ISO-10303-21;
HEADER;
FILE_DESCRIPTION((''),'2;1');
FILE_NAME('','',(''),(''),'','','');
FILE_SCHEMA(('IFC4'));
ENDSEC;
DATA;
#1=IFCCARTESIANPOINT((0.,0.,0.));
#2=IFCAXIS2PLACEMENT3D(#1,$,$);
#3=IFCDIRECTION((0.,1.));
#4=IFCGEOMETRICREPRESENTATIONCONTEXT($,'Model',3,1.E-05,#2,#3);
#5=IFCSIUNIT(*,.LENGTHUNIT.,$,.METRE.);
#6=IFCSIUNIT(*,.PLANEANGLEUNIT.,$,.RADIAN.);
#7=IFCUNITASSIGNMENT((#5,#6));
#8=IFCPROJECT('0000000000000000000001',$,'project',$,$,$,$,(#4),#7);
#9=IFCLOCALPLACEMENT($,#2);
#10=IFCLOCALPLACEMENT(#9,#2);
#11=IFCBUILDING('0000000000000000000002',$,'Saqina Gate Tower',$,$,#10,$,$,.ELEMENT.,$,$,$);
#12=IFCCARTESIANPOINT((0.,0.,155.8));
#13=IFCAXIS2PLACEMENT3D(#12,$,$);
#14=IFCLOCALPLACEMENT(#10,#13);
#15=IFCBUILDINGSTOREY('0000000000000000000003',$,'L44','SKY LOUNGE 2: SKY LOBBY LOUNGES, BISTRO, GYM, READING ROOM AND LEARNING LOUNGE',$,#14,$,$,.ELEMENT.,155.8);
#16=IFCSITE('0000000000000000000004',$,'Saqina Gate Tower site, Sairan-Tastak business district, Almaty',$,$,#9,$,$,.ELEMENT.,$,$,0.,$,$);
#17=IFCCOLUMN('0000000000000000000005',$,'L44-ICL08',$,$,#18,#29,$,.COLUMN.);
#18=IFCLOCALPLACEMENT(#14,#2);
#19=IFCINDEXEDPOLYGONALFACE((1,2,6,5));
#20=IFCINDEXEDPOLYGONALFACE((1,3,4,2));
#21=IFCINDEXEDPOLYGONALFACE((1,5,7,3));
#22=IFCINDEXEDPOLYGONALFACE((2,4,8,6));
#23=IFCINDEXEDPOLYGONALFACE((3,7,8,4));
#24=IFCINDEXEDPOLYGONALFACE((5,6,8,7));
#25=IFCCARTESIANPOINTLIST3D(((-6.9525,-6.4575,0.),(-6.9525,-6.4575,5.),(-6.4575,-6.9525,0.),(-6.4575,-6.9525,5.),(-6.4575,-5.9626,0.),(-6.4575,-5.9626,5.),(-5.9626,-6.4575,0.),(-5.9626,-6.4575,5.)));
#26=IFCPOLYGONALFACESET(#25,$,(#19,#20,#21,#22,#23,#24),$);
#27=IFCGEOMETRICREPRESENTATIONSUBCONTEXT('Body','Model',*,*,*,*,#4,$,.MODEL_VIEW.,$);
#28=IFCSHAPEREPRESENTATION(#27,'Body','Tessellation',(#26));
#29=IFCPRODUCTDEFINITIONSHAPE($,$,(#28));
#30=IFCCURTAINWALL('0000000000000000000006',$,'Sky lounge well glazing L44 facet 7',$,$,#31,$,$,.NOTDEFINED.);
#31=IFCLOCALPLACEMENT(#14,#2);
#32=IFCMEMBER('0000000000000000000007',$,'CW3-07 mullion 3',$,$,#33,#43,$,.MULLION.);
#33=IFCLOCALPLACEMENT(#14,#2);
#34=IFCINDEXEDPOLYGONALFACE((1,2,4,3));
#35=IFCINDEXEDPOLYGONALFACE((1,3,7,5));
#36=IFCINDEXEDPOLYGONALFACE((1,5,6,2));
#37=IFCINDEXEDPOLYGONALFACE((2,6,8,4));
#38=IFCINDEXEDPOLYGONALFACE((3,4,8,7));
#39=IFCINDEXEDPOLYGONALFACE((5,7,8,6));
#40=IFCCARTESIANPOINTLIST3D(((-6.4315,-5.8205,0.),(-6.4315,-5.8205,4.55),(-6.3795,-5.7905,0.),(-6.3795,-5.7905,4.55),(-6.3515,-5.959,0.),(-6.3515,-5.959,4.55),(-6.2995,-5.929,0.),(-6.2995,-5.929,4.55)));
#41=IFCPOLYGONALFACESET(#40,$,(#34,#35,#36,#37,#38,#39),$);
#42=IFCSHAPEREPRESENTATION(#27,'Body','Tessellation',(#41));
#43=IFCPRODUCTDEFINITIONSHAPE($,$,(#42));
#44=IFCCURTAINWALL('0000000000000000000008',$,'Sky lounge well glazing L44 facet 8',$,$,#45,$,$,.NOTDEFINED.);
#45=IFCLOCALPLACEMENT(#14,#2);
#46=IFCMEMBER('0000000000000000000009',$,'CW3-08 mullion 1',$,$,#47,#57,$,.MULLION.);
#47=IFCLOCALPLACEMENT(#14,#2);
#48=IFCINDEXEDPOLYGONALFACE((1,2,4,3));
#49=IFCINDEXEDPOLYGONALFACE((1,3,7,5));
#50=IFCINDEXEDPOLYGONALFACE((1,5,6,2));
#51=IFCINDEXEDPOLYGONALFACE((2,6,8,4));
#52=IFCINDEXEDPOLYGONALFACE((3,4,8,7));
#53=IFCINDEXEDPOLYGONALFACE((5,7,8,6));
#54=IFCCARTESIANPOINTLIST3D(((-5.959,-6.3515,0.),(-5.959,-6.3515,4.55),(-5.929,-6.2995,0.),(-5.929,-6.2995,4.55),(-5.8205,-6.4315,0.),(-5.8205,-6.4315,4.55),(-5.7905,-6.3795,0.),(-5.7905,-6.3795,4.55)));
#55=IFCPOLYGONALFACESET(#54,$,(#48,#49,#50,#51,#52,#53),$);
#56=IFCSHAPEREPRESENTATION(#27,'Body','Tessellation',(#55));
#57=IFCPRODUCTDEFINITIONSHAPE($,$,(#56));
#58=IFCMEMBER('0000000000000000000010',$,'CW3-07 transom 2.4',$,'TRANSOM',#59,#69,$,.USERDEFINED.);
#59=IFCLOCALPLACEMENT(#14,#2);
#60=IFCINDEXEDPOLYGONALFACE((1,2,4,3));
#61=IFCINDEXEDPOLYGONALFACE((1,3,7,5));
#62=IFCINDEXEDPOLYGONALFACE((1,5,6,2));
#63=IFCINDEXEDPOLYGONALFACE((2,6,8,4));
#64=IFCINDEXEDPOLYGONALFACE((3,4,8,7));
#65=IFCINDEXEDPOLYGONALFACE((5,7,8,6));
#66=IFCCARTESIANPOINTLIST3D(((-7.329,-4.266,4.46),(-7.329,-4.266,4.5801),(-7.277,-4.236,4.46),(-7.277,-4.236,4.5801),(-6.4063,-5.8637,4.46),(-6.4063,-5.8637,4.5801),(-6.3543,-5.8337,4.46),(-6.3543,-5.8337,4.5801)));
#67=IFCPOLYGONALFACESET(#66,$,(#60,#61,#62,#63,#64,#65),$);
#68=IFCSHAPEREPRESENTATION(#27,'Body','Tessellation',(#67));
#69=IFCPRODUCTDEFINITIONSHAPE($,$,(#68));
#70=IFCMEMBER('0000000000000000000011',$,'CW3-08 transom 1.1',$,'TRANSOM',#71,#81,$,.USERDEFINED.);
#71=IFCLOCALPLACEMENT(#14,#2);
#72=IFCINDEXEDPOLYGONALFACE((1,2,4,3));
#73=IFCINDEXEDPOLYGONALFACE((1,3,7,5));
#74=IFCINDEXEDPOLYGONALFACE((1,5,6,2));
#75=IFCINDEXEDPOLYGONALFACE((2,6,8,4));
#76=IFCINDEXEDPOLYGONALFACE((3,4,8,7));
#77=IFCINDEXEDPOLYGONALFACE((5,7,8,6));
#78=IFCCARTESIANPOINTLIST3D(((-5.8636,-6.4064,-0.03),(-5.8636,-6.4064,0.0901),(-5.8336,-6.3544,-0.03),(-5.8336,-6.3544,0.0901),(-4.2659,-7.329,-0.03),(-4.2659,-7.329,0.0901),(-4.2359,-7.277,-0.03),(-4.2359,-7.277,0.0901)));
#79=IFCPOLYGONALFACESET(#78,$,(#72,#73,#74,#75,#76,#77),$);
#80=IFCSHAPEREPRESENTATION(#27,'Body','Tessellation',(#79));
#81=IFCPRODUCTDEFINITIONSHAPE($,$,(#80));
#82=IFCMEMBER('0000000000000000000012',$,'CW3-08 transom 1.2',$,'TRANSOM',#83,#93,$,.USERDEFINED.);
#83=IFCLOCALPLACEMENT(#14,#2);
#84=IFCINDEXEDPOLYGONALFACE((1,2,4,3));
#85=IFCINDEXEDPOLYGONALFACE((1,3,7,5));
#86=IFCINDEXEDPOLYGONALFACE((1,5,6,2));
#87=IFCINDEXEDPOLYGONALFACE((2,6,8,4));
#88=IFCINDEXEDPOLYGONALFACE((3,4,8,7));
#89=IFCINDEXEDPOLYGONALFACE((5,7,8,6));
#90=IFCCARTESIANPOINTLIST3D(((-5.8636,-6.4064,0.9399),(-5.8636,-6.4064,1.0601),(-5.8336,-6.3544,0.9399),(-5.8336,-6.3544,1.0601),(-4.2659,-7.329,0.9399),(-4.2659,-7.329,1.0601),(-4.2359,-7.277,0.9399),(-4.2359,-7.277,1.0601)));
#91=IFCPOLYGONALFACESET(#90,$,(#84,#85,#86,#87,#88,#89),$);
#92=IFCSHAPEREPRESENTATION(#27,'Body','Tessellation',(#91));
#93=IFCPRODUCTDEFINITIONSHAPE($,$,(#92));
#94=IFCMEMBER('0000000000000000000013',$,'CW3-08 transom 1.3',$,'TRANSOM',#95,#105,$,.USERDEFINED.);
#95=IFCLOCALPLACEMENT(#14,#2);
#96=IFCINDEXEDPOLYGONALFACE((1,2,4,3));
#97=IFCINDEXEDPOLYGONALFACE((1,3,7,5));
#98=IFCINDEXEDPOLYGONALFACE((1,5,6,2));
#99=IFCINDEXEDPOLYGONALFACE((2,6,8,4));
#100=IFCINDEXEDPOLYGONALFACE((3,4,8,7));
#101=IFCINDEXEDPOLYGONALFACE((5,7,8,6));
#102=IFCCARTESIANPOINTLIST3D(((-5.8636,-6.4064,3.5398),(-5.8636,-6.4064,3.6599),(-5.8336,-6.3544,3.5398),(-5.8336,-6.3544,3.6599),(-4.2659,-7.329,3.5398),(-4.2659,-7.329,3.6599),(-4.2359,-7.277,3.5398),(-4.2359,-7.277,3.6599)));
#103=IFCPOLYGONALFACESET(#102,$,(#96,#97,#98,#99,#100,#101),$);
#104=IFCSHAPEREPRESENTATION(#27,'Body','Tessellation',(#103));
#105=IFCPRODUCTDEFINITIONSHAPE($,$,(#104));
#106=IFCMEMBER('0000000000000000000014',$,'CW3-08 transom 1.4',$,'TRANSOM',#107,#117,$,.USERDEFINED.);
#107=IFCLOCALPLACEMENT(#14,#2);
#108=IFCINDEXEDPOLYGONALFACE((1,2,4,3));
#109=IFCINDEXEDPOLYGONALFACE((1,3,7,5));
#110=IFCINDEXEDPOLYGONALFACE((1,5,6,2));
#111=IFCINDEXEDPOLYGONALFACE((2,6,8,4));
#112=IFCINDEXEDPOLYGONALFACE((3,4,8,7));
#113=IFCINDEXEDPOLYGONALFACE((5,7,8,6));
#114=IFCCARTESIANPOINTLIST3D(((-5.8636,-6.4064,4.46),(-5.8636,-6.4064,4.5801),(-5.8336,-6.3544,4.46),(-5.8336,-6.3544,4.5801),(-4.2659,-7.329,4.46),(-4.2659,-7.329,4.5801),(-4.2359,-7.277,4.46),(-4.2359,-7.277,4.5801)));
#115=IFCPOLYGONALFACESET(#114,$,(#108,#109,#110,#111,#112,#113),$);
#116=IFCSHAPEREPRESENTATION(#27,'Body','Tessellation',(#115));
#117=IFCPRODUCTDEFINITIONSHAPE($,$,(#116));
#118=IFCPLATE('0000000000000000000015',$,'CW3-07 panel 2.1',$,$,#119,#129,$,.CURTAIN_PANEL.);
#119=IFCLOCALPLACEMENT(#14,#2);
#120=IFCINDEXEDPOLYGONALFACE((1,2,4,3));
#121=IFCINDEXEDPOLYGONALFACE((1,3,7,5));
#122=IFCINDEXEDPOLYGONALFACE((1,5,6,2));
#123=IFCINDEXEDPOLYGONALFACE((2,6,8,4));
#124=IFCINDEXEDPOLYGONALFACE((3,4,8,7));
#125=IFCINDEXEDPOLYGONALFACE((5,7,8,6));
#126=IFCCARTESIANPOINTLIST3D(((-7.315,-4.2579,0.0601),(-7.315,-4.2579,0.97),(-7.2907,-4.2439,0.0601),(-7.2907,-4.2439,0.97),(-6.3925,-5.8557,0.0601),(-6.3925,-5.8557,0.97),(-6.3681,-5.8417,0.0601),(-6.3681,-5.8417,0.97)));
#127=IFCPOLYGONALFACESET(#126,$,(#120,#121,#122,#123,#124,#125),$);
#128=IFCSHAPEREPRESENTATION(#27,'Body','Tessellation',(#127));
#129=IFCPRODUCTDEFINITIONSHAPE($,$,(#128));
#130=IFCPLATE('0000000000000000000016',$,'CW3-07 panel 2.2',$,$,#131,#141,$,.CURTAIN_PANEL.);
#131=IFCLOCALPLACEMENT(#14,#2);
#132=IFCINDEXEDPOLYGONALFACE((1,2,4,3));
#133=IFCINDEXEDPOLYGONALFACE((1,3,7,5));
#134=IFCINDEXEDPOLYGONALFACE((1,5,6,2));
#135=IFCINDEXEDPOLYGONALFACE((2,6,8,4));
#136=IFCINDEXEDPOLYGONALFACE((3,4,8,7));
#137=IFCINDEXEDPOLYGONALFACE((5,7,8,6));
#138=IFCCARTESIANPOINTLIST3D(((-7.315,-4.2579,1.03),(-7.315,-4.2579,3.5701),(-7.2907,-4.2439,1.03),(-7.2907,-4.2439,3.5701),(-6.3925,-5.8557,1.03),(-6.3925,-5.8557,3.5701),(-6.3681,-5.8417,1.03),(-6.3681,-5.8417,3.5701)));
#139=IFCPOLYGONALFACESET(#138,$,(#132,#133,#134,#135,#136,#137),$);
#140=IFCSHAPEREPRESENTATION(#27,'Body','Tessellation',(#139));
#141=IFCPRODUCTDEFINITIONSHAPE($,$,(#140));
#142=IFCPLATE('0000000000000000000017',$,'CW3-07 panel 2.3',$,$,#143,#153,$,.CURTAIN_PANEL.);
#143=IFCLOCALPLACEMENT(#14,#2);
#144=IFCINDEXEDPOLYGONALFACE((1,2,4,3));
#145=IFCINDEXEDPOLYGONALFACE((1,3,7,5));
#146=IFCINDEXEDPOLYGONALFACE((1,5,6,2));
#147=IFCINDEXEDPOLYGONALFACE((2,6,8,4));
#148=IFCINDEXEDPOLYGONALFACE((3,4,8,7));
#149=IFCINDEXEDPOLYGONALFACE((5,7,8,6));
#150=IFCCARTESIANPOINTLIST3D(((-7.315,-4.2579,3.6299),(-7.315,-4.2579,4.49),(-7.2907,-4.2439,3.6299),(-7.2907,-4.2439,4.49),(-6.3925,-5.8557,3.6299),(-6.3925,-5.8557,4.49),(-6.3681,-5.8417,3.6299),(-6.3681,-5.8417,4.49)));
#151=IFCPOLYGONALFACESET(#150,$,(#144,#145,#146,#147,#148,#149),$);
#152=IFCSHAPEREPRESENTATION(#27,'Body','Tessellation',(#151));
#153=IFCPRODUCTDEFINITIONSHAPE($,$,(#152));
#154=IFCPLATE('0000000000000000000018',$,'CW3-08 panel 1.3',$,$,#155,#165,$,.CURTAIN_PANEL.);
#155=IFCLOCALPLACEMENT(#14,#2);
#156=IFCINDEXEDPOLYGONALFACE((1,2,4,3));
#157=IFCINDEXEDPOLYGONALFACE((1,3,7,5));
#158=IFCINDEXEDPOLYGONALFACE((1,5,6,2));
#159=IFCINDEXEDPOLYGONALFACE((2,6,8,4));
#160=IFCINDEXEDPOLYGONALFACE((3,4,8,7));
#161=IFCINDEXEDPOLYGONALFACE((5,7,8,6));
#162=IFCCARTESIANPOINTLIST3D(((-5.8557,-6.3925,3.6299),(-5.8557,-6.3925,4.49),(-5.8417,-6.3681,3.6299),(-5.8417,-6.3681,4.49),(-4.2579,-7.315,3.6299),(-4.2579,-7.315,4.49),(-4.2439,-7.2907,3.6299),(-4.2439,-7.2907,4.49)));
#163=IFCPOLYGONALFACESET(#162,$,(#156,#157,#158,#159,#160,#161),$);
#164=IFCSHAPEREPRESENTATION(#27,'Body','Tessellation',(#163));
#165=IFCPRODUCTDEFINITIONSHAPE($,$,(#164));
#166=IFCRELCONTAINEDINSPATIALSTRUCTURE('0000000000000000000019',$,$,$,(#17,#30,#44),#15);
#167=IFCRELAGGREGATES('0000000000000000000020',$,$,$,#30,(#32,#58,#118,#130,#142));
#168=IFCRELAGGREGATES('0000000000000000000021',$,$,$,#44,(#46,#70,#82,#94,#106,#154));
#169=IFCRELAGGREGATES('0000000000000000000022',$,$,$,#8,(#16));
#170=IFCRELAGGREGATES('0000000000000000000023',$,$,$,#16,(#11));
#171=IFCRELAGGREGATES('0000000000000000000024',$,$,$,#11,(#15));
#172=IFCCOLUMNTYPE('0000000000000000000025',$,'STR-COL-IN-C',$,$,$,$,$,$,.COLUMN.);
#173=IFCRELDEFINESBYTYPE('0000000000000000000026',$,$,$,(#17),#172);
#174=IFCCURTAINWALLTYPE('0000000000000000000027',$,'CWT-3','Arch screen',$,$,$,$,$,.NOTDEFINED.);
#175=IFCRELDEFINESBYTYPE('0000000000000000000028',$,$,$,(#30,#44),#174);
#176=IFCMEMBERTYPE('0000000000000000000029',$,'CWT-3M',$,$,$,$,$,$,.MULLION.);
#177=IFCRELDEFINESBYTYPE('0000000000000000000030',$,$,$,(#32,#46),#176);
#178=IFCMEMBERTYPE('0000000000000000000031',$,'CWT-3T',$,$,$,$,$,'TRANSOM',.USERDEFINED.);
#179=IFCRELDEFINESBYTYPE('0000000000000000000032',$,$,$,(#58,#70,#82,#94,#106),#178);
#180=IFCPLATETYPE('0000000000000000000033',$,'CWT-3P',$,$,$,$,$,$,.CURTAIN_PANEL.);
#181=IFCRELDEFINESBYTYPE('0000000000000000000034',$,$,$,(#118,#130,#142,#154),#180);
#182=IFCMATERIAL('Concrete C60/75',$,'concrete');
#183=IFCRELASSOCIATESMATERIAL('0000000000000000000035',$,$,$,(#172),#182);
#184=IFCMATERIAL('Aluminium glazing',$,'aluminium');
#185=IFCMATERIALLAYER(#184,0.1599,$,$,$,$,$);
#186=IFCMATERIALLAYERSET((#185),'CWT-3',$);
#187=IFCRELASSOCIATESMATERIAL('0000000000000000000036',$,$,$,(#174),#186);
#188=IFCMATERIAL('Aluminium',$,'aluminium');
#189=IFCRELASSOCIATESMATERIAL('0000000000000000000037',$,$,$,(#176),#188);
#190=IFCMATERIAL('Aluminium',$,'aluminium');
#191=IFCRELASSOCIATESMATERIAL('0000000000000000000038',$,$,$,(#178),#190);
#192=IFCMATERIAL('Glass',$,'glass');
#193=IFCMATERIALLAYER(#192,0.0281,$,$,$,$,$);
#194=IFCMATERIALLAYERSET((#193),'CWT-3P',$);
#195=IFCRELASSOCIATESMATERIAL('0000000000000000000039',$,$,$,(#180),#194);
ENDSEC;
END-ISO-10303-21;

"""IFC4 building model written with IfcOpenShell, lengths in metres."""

from ifc_helpers import new_model, si_unit, direction, frame, origin, origin_2d, place, context, subcontext, project, spatial, rectangle, extrude, material, layer, layer_set, material_profile, profile_set, type_object, element, aggregate, save


model = new_model("IFC4")

# Units and contexts
model_context = context("Model", 3, precision=1e-05, world=origin(), true_north=direction((0.0, 1.0)))
body_context = subcontext(model_context, "Body", "Model", "MODEL_VIEW")
ifc_project = project(units=[si_unit("LENGTHUNIT", "METRE"), si_unit("PLANEANGLEUNIT", "RADIAN")], contexts=[model_context])

# Site, building, storey
site_placement = place(None, origin())
site = spatial("IfcSite", under=ifc_project, at=site_placement, Name="Saqina Gate Tower site, Sairan-Tastak business district, Almaty", CompositionType="ELEMENT", RefElevation=0.0)
building_placement = place(site_placement, origin())
building = spatial("IfcBuilding", under=site, at=building_placement, Name="Saqina Gate Tower", CompositionType="ELEMENT")
storey_placement = place(building_placement, frame((0.0, 0.0, 155.8)))
storey = spatial("IfcBuildingStorey", under=building, at=storey_placement, Name="L44", Description="SKY LOUNGE 2: SKY LOBBY LOUNGES, BISTRO, GYM, READING ROOM AND LEARNING LOUNGE", CompositionType="ELEMENT", Elevation=155.8)

# Column
ifc_material_1 = material(Name="Concrete C60/75", Category="concrete")
ifc_material_profile_1 = material_profile(ifc_material_1, rectangle(XDim=0.7, YDim=0.7, at=origin_2d()), Name="RC 700x700")
ifc_profile_set_1 = profile_set([ifc_material_profile_1], Name="Concrete C60/75")
column_type = type_object("IfcColumnType", Name="STR-COL-IN-C", PredefinedType="COLUMN", material=ifc_profile_set_1)
column_placement = place(storey_placement, frame((-6.4575, -6.4575, 0.0), z_axis=(0.0, 0.0, 1.0), x_axis=(-0.707107, -0.707107, 0.0)))
element("IfcColumn", 1, at=column_placement, inside=storey, type_object=column_type, Name="L44-ICL08", PredefinedType="COLUMN", context=body_context, shape_type="SweptSolid", body=[
    extrude(rectangle(XDim=0.7, YDim=0.7, at=origin_2d()), origin(), (0.0, 0.0, 1.0), 5.0),
])

# Curtain walls, members
ifc_material_2 = material(Name="Aluminium glazing", Category="aluminium")
ifc_layer_1 = layer(ifc_material_2, 0.1599)
ifc_layer_set_1 = layer_set([ifc_layer_1], Name="CWT-3")
curtain_wall_type = type_object("IfcCurtainWallType", Name="CWT-3", Description="Arch screen", PredefinedType="NOTDEFINED", material=ifc_layer_set_1)
curtain_wall_1_placement = place(storey_placement, origin())
curtain_wall_1 = element("IfcCurtainWall", 2, at=curtain_wall_1_placement, inside=storey, type_object=curtain_wall_type, Name="Sky lounge well glazing L44 facet 7", PredefinedType="NOTDEFINED")
ifc_material_3 = material(Name="Aluminium", Category="aluminium")
ifc_material_profile_2 = material_profile(ifc_material_3, rectangle(XDim=0.0601, YDim=0.1599, at=origin_2d()), Name="Aluminium 60x160")
ifc_profile_set_2 = profile_set([ifc_material_profile_2], Name="Aluminium")
member_type_1 = type_object("IfcMemberType", Name="CWT-3M", PredefinedType="MULLION", material=ifc_profile_set_2)
member_1_placement = place(storey_placement, frame((-6.3655, -5.8748, 0.0), z_axis=(0.0, 0.0, 1.0), x_axis=(0.866018, 0.500013, 0.0)))
member_1 = element("IfcMember", 3, at=member_1_placement, type_object=member_type_1, Name="CW3-07 mullion 3", PredefinedType="MULLION", context=body_context, shape_type="SweptSolid", body=[
    extrude(rectangle(XDim=0.0601, YDim=0.1599, at=origin_2d()), origin(), (0.0, 0.0, 1.0), 4.55),
])
curtain_wall_2_placement = place(storey_placement, origin())
curtain_wall_2 = element("IfcCurtainWall", 4, at=curtain_wall_2_placement, inside=storey, type_object=curtain_wall_type, Name="Sky lounge well glazing L44 facet 8", PredefinedType="NOTDEFINED")
member_2_placement = place(storey_placement, frame((-5.8748, -6.3655, 0.0), z_axis=(0.0, 0.0, 1.0), x_axis=(0.500013, 0.866018, 0.0)))
member_2 = element("IfcMember", 5, at=member_2_placement, type_object=member_type_1, Name="CW3-08 mullion 1", PredefinedType="MULLION", context=body_context, shape_type="SweptSolid", body=[
    extrude(rectangle(XDim=0.0601, YDim=0.1599, at=origin_2d()), origin(), (0.0, 0.0, 1.0), 4.55),
])

# Members
ifc_material_4 = material(Name="Aluminium", Category="aluminium")
ifc_material_profile_3 = material_profile(ifc_material_4, rectangle(XDim=0.0601, YDim=0.1201, at=origin_2d()), Name="Aluminium 60x120")
ifc_profile_set_3 = profile_set([ifc_material_profile_3], Name="Aluminium")
member_type_2 = type_object("IfcMemberType", Name="CWT-3T", ElementType="TRANSOM", PredefinedType="USERDEFINED", material=ifc_profile_set_3)
member_3_placement = place(storey_placement, frame((-7.303, -4.251, 4.52), z_axis=(0.500081, -0.865978, 0.0), x_axis=(0.865978, 0.500081, 0.0)))
member_3 = element("IfcMember", 6, at=member_3_placement, type_object=member_type_2, Name="CW3-07 transom 2.4", ObjectType="TRANSOM", PredefinedType="USERDEFINED", context=body_context, shape_type="SweptSolid", body=[
    extrude(rectangle(XDim=0.0601, YDim=0.1201, at=origin_2d()), origin(), (0.0, 0.0, 1.0), 1.845),
])
member_4_placement = place(storey_placement, frame((-5.8486, -6.3804, 0.03), z_axis=(0.865978, -0.500081, 0.0), x_axis=(0.500081, 0.865978, 0.0)))
member_4 = element("IfcMember", 7, at=member_4_placement, type_object=member_type_2, Name="CW3-08 transom 1.1", ObjectType="TRANSOM", PredefinedType="USERDEFINED", context=body_context, shape_type="SweptSolid", body=[
    extrude(rectangle(XDim=0.0601, YDim=0.1201, at=origin_2d()), origin(), (0.0, 0.0, 1.0), 1.845),
])
member_5_placement = place(storey_placement, frame((-5.8486, -6.3804, 1.0), z_axis=(0.865978, -0.500081, 0.0), x_axis=(0.500081, 0.865978, 0.0)))
member_5 = element("IfcMember", 8, at=member_5_placement, type_object=member_type_2, Name="CW3-08 transom 1.2", ObjectType="TRANSOM", PredefinedType="USERDEFINED", context=body_context, shape_type="SweptSolid", body=[
    extrude(rectangle(XDim=0.0601, YDim=0.1201, at=origin_2d()), origin(), (0.0, 0.0, 1.0), 1.845),
])
member_6_placement = place(storey_placement, frame((-5.8486, -6.3804, 3.5999), z_axis=(0.865978, -0.500081, 0.0), x_axis=(0.500081, 0.865978, 0.0)))
member_6 = element("IfcMember", 9, at=member_6_placement, type_object=member_type_2, Name="CW3-08 transom 1.3", ObjectType="TRANSOM", PredefinedType="USERDEFINED", context=body_context, shape_type="SweptSolid", body=[
    extrude(rectangle(XDim=0.0601, YDim=0.1201, at=origin_2d()), origin(), (0.0, 0.0, 1.0), 1.845),
])
member_7_placement = place(storey_placement, frame((-5.8486, -6.3804, 4.52), z_axis=(0.865978, -0.500081, 0.0), x_axis=(0.500081, 0.865978, 0.0)))
member_7 = element("IfcMember", 10, at=member_7_placement, type_object=member_type_2, Name="CW3-08 transom 1.4", ObjectType="TRANSOM", PredefinedType="USERDEFINED", context=body_context, shape_type="SweptSolid", body=[
    extrude(rectangle(XDim=0.0601, YDim=0.1201, at=origin_2d()), origin(), (0.0, 0.0, 1.0), 1.845),
])

# Plates
ifc_material_5 = material(Name="Glass", Category="glass")
ifc_layer_2 = layer(ifc_material_5, 0.0281)
ifc_layer_set_2 = layer_set([ifc_layer_2], Name="CWT-3P")
plate_type = type_object("IfcPlateType", Name="CWT-3P", PredefinedType="CURTAIN_PANEL", material=ifc_layer_set_2)
plate_1_placement = place(storey_placement, frame((-6.8416, -5.0498, 0.0601), z_axis=(0.0, 0.0, 1.0), x_axis=(0.500013, -0.866018, 0.0)))
plate_1 = element("IfcPlate", 11, at=plate_1_placement, type_object=plate_type, Name="CW3-07 panel 2.1", PredefinedType="CURTAIN_PANEL", context=body_context, shape_type="SweptSolid", body=[
    extrude(rectangle(XDim=1.845, YDim=0.0281, at=origin_2d()), origin(), (0.0, 0.0, 1.0), 0.9099),
])
plate_2_placement = place(storey_placement, frame((-6.8416, -5.0498, 1.03), z_axis=(0.0, 0.0, 1.0), x_axis=(0.500013, -0.866018, 0.0)))
plate_2 = element("IfcPlate", 12, at=plate_2_placement, type_object=plate_type, Name="CW3-07 panel 2.2", PredefinedType="CURTAIN_PANEL", context=body_context, shape_type="SweptSolid", body=[
    extrude(rectangle(XDim=1.845, YDim=0.0281, at=origin_2d()), origin(), (0.0, 0.0, 1.0), 2.54),
])
plate_3_placement = place(storey_placement, frame((-6.8416, -5.0498, 3.6299), z_axis=(0.0, 0.0, 1.0), x_axis=(0.500013, -0.866018, 0.0)))
plate_3 = element("IfcPlate", 13, at=plate_3_placement, type_object=plate_type, Name="CW3-07 panel 2.3", PredefinedType="CURTAIN_PANEL", context=body_context, shape_type="SweptSolid", body=[
    extrude(rectangle(XDim=1.845, YDim=0.0281, at=origin_2d()), origin(), (0.0, 0.0, 1.0), 0.8601),
])
aggregate(curtain_wall_1, [member_1, member_3, plate_1, plate_2, plate_3])
plate_4_placement = place(storey_placement, frame((-5.0498, -6.8416, 3.6299), z_axis=(0.0, 0.0, 1.0), x_axis=(0.866018, -0.500013, 0.0)))
plate_4 = element("IfcPlate", 14, at=plate_4_placement, type_object=plate_type, Name="CW3-08 panel 1.3", PredefinedType="CURTAIN_PANEL", context=body_context, shape_type="SweptSolid", body=[
    extrude(rectangle(XDim=1.845, YDim=0.0281, at=origin_2d()), origin(), (0.0, 0.0, 1.0), 0.8601),
])
aggregate(curtain_wall_2, [member_2, member_4, member_5, member_6, member_7, plate_4])

save(model, "model.ifc")
